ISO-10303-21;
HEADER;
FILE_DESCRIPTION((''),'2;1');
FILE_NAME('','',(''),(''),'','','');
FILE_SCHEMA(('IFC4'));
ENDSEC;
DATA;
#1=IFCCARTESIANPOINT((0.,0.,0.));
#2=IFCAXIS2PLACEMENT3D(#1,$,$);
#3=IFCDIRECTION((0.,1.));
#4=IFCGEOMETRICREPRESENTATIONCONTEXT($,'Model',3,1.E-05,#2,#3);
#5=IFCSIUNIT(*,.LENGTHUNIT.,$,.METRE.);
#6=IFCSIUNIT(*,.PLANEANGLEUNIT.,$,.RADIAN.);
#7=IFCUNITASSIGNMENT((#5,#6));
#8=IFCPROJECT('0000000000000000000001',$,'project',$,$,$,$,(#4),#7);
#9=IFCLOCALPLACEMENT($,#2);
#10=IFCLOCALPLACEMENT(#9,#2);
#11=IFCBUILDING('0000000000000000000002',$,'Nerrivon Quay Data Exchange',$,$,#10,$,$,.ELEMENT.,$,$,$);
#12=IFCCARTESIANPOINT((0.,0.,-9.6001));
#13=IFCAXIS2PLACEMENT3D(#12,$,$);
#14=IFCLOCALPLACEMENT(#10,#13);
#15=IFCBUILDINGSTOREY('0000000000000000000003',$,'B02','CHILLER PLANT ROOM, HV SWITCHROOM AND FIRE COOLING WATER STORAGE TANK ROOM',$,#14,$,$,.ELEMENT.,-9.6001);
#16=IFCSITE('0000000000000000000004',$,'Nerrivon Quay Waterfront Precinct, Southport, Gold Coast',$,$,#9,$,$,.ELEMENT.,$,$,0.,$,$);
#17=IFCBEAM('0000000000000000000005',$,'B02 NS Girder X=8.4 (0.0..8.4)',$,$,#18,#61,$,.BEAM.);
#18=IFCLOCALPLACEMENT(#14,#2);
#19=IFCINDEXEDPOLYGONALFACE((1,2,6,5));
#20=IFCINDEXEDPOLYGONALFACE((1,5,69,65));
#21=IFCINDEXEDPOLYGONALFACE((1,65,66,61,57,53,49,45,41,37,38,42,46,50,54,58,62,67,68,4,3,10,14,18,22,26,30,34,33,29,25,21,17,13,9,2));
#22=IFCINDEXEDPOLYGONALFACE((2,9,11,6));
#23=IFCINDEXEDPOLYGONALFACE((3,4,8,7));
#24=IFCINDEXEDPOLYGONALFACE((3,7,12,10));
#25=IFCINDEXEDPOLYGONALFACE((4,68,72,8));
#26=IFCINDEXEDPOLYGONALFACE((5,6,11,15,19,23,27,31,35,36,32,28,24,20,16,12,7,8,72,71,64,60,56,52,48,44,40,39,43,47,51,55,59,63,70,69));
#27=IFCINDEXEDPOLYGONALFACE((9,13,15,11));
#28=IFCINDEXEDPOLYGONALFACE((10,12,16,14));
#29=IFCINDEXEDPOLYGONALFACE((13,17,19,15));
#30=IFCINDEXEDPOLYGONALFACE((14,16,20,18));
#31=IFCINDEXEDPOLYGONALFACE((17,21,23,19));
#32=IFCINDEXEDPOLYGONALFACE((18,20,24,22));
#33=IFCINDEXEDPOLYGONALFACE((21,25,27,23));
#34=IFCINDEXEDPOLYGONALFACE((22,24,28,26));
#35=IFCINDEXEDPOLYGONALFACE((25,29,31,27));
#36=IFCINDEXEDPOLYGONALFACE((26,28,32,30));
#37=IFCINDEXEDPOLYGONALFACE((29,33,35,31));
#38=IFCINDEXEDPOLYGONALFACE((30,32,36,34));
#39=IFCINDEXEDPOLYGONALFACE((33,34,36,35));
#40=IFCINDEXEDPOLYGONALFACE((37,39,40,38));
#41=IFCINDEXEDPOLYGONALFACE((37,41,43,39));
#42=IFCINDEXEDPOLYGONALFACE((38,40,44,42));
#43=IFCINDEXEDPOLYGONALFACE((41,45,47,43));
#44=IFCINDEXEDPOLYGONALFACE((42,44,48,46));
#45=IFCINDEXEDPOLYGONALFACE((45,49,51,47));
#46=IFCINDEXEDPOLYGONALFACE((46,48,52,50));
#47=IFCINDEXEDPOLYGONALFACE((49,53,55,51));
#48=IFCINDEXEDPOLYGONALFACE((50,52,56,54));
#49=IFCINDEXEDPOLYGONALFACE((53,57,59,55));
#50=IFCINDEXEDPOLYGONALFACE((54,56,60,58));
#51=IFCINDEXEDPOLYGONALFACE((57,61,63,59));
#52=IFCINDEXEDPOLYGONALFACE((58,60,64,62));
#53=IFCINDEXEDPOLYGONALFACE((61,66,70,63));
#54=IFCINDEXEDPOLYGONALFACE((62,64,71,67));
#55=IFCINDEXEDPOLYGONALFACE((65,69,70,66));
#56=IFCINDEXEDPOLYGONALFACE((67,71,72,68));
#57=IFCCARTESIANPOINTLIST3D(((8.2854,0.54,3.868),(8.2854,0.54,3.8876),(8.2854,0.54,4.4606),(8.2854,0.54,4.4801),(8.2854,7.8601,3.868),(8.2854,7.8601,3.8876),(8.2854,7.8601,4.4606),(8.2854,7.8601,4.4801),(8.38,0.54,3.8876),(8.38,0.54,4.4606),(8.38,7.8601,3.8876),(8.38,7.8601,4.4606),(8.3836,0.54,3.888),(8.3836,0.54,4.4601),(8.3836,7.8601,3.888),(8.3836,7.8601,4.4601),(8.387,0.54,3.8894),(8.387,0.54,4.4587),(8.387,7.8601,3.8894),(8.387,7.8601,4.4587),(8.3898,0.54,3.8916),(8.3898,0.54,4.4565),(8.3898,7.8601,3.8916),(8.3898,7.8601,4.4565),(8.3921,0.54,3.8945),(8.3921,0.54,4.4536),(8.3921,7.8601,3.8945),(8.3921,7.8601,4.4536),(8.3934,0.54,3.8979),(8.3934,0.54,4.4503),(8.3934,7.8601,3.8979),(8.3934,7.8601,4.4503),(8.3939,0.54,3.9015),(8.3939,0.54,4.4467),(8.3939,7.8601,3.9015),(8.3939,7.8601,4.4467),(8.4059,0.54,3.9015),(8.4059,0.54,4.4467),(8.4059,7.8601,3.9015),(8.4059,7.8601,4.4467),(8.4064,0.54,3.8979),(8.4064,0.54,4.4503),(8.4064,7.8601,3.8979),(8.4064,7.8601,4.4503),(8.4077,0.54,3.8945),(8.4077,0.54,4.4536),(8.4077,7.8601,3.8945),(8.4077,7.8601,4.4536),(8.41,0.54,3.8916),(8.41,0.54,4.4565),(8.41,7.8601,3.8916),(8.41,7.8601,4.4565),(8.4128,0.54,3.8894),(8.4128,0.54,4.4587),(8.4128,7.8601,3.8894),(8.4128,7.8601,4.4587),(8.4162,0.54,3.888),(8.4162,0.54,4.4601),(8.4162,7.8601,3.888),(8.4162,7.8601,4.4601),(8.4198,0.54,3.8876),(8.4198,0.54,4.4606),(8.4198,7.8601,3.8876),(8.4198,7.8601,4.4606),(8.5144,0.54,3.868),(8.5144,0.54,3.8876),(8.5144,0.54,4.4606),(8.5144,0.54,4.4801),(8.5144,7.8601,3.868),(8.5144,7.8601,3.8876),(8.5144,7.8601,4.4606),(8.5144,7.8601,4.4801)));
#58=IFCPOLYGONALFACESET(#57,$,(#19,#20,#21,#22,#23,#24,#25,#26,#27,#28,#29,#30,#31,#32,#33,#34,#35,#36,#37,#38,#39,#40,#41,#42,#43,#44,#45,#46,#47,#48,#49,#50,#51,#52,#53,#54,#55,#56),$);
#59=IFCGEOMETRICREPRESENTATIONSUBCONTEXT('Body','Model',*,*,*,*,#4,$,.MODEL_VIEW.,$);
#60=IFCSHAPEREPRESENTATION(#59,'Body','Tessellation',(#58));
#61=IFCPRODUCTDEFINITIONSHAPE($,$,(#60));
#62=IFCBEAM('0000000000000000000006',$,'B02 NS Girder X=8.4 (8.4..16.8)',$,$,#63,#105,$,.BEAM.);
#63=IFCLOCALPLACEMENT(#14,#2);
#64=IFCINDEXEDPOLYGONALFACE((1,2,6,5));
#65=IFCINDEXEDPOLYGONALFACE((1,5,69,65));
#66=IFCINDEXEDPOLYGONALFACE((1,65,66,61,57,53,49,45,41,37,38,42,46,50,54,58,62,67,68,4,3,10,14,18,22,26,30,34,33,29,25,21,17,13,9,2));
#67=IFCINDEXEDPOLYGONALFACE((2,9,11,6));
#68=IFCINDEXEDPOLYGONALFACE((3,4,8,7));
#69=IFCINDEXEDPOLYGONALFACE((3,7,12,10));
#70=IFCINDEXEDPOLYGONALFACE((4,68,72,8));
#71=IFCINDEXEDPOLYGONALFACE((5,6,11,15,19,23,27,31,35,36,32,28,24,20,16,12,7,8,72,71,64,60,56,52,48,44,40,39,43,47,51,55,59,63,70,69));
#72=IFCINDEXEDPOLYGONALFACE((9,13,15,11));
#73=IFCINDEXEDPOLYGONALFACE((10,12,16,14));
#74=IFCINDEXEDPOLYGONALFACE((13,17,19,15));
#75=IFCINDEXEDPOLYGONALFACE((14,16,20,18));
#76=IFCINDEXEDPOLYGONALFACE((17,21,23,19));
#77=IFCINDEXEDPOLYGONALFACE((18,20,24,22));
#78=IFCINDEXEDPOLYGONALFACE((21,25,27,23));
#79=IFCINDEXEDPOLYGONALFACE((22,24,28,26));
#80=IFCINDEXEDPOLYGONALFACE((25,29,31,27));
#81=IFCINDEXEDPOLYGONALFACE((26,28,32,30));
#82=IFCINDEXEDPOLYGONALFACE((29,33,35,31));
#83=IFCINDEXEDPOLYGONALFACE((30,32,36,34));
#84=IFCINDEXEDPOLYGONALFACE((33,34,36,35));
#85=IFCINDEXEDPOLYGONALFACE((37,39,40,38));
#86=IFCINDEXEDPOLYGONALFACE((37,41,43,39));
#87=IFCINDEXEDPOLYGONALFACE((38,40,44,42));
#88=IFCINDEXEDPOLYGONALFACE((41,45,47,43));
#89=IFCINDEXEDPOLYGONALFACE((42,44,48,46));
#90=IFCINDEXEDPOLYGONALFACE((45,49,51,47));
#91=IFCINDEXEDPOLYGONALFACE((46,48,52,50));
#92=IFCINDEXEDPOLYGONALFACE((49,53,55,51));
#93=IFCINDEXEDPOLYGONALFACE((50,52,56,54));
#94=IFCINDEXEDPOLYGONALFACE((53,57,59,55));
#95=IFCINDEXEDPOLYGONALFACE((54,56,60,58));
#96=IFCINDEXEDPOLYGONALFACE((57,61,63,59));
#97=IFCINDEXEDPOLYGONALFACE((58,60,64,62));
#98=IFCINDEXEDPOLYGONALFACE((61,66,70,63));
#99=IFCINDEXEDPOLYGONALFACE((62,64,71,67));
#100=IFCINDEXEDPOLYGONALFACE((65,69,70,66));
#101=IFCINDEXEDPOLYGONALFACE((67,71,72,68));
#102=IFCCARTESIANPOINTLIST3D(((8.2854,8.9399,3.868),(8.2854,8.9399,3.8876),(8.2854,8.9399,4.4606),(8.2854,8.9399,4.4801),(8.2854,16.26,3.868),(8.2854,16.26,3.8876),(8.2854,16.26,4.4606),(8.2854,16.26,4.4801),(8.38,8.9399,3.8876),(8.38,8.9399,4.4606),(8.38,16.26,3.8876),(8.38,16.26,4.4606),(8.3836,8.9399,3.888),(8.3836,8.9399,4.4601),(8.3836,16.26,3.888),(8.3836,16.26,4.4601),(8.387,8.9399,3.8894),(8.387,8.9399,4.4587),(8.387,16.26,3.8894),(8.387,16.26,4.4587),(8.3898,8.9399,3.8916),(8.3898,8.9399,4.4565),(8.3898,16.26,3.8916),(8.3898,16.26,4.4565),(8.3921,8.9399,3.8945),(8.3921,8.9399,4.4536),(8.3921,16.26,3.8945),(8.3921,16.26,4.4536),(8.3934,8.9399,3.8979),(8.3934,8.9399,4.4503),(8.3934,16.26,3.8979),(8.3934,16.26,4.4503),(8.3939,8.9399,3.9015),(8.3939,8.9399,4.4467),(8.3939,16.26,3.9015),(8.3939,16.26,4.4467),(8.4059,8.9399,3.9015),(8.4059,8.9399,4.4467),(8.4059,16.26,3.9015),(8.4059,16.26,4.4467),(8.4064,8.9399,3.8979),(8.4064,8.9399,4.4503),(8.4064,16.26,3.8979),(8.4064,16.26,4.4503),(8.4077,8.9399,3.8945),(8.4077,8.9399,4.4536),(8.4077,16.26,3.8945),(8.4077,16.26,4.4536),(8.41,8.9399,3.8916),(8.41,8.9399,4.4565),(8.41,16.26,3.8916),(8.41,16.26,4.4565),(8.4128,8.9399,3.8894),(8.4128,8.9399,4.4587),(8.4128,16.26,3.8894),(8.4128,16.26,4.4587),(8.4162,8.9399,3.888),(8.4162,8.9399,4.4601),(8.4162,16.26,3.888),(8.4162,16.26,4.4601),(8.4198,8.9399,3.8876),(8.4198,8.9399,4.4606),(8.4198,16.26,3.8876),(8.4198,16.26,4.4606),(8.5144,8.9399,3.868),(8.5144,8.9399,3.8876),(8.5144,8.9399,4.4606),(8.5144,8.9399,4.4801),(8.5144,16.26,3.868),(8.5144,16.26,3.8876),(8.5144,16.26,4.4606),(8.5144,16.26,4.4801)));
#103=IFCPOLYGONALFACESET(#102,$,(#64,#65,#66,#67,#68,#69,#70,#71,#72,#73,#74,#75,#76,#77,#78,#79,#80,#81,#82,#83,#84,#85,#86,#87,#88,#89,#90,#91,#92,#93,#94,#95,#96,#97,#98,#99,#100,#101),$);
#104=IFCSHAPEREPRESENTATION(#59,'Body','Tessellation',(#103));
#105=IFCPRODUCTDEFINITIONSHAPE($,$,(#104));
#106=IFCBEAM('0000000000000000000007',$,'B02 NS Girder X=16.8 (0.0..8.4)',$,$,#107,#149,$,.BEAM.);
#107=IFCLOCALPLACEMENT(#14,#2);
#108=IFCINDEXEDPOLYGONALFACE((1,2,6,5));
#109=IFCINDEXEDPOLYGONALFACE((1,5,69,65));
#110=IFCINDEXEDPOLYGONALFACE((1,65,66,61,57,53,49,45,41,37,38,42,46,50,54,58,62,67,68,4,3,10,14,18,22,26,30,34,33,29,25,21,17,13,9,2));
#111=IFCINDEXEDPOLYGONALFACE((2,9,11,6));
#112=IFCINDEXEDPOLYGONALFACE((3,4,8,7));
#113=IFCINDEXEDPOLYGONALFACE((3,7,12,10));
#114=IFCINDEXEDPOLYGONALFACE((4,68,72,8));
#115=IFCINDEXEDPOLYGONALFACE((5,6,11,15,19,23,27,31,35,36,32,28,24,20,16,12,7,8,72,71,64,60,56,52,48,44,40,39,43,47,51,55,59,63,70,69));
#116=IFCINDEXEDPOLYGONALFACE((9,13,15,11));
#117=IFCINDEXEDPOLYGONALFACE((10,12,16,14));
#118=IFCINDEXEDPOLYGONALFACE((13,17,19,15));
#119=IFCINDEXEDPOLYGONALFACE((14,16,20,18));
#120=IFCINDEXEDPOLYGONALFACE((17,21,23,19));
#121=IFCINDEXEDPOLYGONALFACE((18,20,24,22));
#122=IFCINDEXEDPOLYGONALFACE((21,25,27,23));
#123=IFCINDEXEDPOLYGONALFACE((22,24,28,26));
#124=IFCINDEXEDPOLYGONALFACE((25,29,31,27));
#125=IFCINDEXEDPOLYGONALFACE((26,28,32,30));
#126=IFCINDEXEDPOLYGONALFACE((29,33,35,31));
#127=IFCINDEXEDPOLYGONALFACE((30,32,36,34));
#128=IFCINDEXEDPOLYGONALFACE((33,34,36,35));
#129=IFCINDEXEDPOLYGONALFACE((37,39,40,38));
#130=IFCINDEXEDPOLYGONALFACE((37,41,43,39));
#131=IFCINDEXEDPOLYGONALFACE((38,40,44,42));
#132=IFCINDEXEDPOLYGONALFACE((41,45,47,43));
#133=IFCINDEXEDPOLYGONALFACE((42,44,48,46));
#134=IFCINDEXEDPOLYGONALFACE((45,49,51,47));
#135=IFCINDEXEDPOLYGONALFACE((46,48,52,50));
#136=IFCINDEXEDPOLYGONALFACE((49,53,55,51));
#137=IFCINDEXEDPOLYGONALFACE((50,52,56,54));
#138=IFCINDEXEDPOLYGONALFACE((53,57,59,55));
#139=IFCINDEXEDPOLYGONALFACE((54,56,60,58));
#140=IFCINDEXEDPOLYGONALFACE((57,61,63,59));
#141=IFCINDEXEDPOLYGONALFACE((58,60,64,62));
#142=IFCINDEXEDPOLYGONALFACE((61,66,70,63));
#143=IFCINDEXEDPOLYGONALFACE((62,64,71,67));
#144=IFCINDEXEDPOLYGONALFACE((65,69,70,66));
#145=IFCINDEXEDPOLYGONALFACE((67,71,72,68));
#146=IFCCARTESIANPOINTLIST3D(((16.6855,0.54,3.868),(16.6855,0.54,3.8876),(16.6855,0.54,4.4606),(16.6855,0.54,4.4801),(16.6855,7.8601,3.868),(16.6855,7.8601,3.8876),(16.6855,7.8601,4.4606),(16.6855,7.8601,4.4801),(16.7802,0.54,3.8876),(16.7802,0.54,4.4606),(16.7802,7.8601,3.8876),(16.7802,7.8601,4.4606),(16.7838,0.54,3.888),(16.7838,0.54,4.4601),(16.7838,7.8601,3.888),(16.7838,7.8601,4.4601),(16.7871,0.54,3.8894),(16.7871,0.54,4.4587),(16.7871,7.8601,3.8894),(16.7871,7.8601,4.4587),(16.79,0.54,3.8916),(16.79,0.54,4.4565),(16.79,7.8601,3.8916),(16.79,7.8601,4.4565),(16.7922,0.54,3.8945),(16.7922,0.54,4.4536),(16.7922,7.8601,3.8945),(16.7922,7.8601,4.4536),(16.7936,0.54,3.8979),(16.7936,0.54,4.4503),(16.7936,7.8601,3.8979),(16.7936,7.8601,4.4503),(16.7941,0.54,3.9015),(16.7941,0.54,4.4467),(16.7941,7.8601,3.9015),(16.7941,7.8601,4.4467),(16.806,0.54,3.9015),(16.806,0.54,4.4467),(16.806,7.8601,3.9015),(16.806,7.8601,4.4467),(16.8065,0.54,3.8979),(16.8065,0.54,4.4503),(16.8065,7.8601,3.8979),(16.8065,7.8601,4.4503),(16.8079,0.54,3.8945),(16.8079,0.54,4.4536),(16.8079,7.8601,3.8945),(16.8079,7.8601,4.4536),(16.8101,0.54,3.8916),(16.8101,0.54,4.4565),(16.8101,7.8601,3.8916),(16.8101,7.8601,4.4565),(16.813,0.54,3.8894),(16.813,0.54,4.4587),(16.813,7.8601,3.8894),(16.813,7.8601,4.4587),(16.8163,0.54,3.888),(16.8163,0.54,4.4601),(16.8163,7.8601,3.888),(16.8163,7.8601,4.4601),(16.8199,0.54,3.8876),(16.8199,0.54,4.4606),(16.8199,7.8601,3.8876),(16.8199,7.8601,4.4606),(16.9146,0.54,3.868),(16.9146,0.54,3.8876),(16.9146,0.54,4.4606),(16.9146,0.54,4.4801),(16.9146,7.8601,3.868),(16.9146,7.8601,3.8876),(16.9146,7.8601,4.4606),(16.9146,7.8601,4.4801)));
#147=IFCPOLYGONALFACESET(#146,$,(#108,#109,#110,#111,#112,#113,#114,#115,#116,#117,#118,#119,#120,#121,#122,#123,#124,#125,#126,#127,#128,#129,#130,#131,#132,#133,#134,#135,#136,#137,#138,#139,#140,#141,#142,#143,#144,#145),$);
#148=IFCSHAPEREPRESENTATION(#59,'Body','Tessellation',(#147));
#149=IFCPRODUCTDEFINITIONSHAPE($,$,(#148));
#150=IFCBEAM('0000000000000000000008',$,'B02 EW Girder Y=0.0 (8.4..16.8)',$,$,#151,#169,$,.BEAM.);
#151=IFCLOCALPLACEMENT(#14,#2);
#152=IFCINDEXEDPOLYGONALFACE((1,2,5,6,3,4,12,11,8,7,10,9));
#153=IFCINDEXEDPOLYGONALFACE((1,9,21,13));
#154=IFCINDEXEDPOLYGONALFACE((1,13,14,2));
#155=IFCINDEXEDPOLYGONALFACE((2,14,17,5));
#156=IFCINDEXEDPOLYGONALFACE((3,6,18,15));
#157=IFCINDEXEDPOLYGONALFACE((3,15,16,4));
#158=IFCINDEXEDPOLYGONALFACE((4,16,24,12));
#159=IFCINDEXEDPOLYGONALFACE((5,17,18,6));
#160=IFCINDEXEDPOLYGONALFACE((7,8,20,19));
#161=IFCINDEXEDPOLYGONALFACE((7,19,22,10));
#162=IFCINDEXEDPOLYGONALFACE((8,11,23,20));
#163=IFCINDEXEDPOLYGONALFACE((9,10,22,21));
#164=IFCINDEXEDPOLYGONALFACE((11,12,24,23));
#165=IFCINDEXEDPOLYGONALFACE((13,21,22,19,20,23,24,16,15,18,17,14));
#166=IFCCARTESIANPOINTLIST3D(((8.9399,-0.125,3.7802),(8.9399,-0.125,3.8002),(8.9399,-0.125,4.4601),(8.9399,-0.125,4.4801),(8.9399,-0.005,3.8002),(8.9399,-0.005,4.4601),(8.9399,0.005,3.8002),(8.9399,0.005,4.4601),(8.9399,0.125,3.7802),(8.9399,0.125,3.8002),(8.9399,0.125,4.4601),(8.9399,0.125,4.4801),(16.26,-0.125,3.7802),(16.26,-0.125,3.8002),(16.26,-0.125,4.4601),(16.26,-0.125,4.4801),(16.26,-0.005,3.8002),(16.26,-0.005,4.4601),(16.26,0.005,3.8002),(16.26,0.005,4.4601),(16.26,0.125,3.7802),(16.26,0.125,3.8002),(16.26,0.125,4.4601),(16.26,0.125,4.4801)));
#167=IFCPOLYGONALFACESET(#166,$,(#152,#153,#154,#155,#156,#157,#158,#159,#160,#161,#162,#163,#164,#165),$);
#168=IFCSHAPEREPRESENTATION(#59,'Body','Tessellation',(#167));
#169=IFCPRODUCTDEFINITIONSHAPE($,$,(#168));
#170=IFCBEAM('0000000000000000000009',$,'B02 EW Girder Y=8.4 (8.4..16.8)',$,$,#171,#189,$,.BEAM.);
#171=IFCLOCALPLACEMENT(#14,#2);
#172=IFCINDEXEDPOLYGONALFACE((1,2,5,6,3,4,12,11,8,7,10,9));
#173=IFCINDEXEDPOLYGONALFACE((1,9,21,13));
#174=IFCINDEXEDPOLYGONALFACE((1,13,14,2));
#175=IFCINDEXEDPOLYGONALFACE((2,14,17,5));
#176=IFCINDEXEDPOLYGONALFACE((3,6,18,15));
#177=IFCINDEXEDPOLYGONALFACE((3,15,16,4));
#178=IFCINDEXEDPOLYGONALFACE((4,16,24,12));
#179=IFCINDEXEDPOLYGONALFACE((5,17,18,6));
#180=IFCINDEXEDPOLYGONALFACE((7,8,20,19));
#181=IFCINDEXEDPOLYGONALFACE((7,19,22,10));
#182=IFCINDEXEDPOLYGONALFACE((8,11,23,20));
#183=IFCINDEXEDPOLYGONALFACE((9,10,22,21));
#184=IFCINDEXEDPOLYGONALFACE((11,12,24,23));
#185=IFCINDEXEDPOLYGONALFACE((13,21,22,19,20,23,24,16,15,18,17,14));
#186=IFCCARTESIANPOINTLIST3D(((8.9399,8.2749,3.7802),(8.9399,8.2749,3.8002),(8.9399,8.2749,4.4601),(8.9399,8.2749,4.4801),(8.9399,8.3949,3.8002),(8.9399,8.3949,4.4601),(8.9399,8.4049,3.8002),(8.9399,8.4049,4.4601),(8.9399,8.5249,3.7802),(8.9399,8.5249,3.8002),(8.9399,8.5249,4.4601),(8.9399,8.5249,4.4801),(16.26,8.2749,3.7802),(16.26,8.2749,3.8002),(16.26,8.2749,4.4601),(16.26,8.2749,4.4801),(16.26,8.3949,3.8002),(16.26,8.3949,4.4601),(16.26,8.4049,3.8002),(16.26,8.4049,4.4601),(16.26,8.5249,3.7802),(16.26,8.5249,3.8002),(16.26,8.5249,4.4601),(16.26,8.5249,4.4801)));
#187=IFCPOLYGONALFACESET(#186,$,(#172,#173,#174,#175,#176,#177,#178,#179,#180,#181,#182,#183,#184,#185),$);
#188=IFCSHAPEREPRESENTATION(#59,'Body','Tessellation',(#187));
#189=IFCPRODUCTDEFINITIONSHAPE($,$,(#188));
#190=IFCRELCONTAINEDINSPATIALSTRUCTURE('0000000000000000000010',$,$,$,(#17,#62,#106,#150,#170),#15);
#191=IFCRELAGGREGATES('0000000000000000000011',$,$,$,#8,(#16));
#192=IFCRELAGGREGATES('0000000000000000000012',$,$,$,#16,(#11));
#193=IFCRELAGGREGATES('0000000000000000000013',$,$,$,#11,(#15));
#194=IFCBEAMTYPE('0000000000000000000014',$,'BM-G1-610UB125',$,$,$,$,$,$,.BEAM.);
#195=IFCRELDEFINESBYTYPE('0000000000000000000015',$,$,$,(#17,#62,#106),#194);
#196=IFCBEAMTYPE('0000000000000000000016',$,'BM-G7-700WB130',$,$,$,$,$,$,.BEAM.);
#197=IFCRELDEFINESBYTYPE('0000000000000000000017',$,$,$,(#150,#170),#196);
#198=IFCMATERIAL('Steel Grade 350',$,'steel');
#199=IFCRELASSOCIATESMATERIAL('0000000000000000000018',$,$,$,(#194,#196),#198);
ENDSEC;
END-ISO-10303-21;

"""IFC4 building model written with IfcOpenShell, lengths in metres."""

from ifc_helpers import new_model, si_unit, direction, frame, origin, origin_2d, place, context, subcontext, project, spatial, i_section, extrude, material, material_profile, profile_set, type_object, element, save


model = new_model("IFC4")

# Units and contexts
model_context = context("Model", 3, precision=1e-05, world=origin(), true_north=direction((0.0, 1.0)))
body_context = subcontext(model_context, "Body", "Model", "MODEL_VIEW")
ifc_project = project(units=[si_unit("LENGTHUNIT", "METRE"), si_unit("PLANEANGLEUNIT", "RADIAN")], contexts=[model_context])

# Site, building, storey
site_placement = place(None, origin())
site = spatial("IfcSite", under=ifc_project, at=site_placement, Name="Nerrivon Quay Waterfront Precinct, Southport, Gold Coast", CompositionType="ELEMENT", RefElevation=0.0)
building_placement = place(site_placement, origin())
building = spatial("IfcBuilding", under=site, at=building_placement, Name="Nerrivon Quay Data Exchange", CompositionType="ELEMENT")
storey_placement = place(building_placement, frame((0.0, 0.0, -9.6001)))
storey = spatial("IfcBuildingStorey", under=building, at=storey_placement, Name="B02", Description="CHILLER PLANT ROOM, HV SWITCHROOM AND FIRE COOLING WATER STORAGE TANK ROOM", CompositionType="ELEMENT", Elevation=-9.6001)

# Beams
ifc_material_1 = material(Name="Steel Grade 350", Category="steel")
ifc_material_profile_1 = material_profile(ifc_material_1, i_section(OverallWidth=0.229, OverallDepth=0.6121, WebThickness=0.012, FlangeThickness=0.0195, FilletRadius=0.0139, at=origin_2d()), Name="610UB125")
ifc_profile_set_1 = profile_set([ifc_material_profile_1], Name="Steel Grade 350")
beam_type_1 = type_object("IfcBeamType", Name="BM-G1-610UB125", PredefinedType="BEAM", material=ifc_profile_set_1)
for number, where, z_axis, x_axis, name in (
    (1, (8.3999, 0.54, 4.1741), (0.0, 1.0, 0.0), (-1.0, 0.0, 0.0), "B02 NS Girder X=8.4 (0.0..8.4)"),
    (2, (8.3999, 8.9399, 4.1741), (0.0, 1.0, 0.0), (-1.0, 0.0, 0.0), "B02 NS Girder X=8.4 (8.4..16.8)"),
    (3, (16.8, 0.54, 4.1741), (0.0, 1.0, 0.0), (-1.0, 0.0, 0.0), "B02 NS Girder X=16.8 (0.0..8.4)"),
):
    element("IfcBeam", number, at=place(storey_placement, frame(where, z_axis=z_axis, x_axis=x_axis)), inside=storey, type_object=beam_type_1, Name=name, PredefinedType="BEAM", context=body_context, shape_type="SweptSolid", body=[
        extrude(i_section(OverallWidth=0.229, OverallDepth=0.6121, WebThickness=0.012, FlangeThickness=0.0195, FilletRadius=0.0139, at=origin_2d()), origin(), (0.0, 0.0, 1.0), 7.3201),
    ])
ifc_material_profile_2 = material_profile(ifc_material_1, i_section(OverallWidth=0.25, OverallDepth=0.7, WebThickness=0.01, FlangeThickness=0.02, at=origin_2d()), Name="700WB130")
ifc_profile_set_2 = profile_set([ifc_material_profile_2], Name="Steel Grade 350")
beam_type_2 = type_object("IfcBeamType", Name="BM-G7-700WB130", PredefinedType="BEAM", material=ifc_profile_set_2)
for number, where, z_axis, x_axis, name in (
    (4, (8.9399, 0.0, 4.1301), (1.0, 0.0, 0.0), (0.0, 1.0, 0.0), "B02 EW Girder Y=0.0 (8.4..16.8)"),
    (5, (8.9399, 8.3999, 4.1301), (1.0, 0.0, 0.0), (0.0, 1.0, 0.0), "B02 EW Girder Y=8.4 (8.4..16.8)"),
):
    element("IfcBeam", number, at=place(storey_placement, frame(where, z_axis=z_axis, x_axis=x_axis)), inside=storey, type_object=beam_type_2, Name=name, PredefinedType="BEAM", context=body_context, shape_type="SweptSolid", body=[
        extrude(i_section(OverallWidth=0.25, OverallDepth=0.7, WebThickness=0.01, FlangeThickness=0.02, at=origin_2d()), origin(), (0.0, 0.0, 1.0), 7.3201),
    ])

save(model, "model.ifc")
